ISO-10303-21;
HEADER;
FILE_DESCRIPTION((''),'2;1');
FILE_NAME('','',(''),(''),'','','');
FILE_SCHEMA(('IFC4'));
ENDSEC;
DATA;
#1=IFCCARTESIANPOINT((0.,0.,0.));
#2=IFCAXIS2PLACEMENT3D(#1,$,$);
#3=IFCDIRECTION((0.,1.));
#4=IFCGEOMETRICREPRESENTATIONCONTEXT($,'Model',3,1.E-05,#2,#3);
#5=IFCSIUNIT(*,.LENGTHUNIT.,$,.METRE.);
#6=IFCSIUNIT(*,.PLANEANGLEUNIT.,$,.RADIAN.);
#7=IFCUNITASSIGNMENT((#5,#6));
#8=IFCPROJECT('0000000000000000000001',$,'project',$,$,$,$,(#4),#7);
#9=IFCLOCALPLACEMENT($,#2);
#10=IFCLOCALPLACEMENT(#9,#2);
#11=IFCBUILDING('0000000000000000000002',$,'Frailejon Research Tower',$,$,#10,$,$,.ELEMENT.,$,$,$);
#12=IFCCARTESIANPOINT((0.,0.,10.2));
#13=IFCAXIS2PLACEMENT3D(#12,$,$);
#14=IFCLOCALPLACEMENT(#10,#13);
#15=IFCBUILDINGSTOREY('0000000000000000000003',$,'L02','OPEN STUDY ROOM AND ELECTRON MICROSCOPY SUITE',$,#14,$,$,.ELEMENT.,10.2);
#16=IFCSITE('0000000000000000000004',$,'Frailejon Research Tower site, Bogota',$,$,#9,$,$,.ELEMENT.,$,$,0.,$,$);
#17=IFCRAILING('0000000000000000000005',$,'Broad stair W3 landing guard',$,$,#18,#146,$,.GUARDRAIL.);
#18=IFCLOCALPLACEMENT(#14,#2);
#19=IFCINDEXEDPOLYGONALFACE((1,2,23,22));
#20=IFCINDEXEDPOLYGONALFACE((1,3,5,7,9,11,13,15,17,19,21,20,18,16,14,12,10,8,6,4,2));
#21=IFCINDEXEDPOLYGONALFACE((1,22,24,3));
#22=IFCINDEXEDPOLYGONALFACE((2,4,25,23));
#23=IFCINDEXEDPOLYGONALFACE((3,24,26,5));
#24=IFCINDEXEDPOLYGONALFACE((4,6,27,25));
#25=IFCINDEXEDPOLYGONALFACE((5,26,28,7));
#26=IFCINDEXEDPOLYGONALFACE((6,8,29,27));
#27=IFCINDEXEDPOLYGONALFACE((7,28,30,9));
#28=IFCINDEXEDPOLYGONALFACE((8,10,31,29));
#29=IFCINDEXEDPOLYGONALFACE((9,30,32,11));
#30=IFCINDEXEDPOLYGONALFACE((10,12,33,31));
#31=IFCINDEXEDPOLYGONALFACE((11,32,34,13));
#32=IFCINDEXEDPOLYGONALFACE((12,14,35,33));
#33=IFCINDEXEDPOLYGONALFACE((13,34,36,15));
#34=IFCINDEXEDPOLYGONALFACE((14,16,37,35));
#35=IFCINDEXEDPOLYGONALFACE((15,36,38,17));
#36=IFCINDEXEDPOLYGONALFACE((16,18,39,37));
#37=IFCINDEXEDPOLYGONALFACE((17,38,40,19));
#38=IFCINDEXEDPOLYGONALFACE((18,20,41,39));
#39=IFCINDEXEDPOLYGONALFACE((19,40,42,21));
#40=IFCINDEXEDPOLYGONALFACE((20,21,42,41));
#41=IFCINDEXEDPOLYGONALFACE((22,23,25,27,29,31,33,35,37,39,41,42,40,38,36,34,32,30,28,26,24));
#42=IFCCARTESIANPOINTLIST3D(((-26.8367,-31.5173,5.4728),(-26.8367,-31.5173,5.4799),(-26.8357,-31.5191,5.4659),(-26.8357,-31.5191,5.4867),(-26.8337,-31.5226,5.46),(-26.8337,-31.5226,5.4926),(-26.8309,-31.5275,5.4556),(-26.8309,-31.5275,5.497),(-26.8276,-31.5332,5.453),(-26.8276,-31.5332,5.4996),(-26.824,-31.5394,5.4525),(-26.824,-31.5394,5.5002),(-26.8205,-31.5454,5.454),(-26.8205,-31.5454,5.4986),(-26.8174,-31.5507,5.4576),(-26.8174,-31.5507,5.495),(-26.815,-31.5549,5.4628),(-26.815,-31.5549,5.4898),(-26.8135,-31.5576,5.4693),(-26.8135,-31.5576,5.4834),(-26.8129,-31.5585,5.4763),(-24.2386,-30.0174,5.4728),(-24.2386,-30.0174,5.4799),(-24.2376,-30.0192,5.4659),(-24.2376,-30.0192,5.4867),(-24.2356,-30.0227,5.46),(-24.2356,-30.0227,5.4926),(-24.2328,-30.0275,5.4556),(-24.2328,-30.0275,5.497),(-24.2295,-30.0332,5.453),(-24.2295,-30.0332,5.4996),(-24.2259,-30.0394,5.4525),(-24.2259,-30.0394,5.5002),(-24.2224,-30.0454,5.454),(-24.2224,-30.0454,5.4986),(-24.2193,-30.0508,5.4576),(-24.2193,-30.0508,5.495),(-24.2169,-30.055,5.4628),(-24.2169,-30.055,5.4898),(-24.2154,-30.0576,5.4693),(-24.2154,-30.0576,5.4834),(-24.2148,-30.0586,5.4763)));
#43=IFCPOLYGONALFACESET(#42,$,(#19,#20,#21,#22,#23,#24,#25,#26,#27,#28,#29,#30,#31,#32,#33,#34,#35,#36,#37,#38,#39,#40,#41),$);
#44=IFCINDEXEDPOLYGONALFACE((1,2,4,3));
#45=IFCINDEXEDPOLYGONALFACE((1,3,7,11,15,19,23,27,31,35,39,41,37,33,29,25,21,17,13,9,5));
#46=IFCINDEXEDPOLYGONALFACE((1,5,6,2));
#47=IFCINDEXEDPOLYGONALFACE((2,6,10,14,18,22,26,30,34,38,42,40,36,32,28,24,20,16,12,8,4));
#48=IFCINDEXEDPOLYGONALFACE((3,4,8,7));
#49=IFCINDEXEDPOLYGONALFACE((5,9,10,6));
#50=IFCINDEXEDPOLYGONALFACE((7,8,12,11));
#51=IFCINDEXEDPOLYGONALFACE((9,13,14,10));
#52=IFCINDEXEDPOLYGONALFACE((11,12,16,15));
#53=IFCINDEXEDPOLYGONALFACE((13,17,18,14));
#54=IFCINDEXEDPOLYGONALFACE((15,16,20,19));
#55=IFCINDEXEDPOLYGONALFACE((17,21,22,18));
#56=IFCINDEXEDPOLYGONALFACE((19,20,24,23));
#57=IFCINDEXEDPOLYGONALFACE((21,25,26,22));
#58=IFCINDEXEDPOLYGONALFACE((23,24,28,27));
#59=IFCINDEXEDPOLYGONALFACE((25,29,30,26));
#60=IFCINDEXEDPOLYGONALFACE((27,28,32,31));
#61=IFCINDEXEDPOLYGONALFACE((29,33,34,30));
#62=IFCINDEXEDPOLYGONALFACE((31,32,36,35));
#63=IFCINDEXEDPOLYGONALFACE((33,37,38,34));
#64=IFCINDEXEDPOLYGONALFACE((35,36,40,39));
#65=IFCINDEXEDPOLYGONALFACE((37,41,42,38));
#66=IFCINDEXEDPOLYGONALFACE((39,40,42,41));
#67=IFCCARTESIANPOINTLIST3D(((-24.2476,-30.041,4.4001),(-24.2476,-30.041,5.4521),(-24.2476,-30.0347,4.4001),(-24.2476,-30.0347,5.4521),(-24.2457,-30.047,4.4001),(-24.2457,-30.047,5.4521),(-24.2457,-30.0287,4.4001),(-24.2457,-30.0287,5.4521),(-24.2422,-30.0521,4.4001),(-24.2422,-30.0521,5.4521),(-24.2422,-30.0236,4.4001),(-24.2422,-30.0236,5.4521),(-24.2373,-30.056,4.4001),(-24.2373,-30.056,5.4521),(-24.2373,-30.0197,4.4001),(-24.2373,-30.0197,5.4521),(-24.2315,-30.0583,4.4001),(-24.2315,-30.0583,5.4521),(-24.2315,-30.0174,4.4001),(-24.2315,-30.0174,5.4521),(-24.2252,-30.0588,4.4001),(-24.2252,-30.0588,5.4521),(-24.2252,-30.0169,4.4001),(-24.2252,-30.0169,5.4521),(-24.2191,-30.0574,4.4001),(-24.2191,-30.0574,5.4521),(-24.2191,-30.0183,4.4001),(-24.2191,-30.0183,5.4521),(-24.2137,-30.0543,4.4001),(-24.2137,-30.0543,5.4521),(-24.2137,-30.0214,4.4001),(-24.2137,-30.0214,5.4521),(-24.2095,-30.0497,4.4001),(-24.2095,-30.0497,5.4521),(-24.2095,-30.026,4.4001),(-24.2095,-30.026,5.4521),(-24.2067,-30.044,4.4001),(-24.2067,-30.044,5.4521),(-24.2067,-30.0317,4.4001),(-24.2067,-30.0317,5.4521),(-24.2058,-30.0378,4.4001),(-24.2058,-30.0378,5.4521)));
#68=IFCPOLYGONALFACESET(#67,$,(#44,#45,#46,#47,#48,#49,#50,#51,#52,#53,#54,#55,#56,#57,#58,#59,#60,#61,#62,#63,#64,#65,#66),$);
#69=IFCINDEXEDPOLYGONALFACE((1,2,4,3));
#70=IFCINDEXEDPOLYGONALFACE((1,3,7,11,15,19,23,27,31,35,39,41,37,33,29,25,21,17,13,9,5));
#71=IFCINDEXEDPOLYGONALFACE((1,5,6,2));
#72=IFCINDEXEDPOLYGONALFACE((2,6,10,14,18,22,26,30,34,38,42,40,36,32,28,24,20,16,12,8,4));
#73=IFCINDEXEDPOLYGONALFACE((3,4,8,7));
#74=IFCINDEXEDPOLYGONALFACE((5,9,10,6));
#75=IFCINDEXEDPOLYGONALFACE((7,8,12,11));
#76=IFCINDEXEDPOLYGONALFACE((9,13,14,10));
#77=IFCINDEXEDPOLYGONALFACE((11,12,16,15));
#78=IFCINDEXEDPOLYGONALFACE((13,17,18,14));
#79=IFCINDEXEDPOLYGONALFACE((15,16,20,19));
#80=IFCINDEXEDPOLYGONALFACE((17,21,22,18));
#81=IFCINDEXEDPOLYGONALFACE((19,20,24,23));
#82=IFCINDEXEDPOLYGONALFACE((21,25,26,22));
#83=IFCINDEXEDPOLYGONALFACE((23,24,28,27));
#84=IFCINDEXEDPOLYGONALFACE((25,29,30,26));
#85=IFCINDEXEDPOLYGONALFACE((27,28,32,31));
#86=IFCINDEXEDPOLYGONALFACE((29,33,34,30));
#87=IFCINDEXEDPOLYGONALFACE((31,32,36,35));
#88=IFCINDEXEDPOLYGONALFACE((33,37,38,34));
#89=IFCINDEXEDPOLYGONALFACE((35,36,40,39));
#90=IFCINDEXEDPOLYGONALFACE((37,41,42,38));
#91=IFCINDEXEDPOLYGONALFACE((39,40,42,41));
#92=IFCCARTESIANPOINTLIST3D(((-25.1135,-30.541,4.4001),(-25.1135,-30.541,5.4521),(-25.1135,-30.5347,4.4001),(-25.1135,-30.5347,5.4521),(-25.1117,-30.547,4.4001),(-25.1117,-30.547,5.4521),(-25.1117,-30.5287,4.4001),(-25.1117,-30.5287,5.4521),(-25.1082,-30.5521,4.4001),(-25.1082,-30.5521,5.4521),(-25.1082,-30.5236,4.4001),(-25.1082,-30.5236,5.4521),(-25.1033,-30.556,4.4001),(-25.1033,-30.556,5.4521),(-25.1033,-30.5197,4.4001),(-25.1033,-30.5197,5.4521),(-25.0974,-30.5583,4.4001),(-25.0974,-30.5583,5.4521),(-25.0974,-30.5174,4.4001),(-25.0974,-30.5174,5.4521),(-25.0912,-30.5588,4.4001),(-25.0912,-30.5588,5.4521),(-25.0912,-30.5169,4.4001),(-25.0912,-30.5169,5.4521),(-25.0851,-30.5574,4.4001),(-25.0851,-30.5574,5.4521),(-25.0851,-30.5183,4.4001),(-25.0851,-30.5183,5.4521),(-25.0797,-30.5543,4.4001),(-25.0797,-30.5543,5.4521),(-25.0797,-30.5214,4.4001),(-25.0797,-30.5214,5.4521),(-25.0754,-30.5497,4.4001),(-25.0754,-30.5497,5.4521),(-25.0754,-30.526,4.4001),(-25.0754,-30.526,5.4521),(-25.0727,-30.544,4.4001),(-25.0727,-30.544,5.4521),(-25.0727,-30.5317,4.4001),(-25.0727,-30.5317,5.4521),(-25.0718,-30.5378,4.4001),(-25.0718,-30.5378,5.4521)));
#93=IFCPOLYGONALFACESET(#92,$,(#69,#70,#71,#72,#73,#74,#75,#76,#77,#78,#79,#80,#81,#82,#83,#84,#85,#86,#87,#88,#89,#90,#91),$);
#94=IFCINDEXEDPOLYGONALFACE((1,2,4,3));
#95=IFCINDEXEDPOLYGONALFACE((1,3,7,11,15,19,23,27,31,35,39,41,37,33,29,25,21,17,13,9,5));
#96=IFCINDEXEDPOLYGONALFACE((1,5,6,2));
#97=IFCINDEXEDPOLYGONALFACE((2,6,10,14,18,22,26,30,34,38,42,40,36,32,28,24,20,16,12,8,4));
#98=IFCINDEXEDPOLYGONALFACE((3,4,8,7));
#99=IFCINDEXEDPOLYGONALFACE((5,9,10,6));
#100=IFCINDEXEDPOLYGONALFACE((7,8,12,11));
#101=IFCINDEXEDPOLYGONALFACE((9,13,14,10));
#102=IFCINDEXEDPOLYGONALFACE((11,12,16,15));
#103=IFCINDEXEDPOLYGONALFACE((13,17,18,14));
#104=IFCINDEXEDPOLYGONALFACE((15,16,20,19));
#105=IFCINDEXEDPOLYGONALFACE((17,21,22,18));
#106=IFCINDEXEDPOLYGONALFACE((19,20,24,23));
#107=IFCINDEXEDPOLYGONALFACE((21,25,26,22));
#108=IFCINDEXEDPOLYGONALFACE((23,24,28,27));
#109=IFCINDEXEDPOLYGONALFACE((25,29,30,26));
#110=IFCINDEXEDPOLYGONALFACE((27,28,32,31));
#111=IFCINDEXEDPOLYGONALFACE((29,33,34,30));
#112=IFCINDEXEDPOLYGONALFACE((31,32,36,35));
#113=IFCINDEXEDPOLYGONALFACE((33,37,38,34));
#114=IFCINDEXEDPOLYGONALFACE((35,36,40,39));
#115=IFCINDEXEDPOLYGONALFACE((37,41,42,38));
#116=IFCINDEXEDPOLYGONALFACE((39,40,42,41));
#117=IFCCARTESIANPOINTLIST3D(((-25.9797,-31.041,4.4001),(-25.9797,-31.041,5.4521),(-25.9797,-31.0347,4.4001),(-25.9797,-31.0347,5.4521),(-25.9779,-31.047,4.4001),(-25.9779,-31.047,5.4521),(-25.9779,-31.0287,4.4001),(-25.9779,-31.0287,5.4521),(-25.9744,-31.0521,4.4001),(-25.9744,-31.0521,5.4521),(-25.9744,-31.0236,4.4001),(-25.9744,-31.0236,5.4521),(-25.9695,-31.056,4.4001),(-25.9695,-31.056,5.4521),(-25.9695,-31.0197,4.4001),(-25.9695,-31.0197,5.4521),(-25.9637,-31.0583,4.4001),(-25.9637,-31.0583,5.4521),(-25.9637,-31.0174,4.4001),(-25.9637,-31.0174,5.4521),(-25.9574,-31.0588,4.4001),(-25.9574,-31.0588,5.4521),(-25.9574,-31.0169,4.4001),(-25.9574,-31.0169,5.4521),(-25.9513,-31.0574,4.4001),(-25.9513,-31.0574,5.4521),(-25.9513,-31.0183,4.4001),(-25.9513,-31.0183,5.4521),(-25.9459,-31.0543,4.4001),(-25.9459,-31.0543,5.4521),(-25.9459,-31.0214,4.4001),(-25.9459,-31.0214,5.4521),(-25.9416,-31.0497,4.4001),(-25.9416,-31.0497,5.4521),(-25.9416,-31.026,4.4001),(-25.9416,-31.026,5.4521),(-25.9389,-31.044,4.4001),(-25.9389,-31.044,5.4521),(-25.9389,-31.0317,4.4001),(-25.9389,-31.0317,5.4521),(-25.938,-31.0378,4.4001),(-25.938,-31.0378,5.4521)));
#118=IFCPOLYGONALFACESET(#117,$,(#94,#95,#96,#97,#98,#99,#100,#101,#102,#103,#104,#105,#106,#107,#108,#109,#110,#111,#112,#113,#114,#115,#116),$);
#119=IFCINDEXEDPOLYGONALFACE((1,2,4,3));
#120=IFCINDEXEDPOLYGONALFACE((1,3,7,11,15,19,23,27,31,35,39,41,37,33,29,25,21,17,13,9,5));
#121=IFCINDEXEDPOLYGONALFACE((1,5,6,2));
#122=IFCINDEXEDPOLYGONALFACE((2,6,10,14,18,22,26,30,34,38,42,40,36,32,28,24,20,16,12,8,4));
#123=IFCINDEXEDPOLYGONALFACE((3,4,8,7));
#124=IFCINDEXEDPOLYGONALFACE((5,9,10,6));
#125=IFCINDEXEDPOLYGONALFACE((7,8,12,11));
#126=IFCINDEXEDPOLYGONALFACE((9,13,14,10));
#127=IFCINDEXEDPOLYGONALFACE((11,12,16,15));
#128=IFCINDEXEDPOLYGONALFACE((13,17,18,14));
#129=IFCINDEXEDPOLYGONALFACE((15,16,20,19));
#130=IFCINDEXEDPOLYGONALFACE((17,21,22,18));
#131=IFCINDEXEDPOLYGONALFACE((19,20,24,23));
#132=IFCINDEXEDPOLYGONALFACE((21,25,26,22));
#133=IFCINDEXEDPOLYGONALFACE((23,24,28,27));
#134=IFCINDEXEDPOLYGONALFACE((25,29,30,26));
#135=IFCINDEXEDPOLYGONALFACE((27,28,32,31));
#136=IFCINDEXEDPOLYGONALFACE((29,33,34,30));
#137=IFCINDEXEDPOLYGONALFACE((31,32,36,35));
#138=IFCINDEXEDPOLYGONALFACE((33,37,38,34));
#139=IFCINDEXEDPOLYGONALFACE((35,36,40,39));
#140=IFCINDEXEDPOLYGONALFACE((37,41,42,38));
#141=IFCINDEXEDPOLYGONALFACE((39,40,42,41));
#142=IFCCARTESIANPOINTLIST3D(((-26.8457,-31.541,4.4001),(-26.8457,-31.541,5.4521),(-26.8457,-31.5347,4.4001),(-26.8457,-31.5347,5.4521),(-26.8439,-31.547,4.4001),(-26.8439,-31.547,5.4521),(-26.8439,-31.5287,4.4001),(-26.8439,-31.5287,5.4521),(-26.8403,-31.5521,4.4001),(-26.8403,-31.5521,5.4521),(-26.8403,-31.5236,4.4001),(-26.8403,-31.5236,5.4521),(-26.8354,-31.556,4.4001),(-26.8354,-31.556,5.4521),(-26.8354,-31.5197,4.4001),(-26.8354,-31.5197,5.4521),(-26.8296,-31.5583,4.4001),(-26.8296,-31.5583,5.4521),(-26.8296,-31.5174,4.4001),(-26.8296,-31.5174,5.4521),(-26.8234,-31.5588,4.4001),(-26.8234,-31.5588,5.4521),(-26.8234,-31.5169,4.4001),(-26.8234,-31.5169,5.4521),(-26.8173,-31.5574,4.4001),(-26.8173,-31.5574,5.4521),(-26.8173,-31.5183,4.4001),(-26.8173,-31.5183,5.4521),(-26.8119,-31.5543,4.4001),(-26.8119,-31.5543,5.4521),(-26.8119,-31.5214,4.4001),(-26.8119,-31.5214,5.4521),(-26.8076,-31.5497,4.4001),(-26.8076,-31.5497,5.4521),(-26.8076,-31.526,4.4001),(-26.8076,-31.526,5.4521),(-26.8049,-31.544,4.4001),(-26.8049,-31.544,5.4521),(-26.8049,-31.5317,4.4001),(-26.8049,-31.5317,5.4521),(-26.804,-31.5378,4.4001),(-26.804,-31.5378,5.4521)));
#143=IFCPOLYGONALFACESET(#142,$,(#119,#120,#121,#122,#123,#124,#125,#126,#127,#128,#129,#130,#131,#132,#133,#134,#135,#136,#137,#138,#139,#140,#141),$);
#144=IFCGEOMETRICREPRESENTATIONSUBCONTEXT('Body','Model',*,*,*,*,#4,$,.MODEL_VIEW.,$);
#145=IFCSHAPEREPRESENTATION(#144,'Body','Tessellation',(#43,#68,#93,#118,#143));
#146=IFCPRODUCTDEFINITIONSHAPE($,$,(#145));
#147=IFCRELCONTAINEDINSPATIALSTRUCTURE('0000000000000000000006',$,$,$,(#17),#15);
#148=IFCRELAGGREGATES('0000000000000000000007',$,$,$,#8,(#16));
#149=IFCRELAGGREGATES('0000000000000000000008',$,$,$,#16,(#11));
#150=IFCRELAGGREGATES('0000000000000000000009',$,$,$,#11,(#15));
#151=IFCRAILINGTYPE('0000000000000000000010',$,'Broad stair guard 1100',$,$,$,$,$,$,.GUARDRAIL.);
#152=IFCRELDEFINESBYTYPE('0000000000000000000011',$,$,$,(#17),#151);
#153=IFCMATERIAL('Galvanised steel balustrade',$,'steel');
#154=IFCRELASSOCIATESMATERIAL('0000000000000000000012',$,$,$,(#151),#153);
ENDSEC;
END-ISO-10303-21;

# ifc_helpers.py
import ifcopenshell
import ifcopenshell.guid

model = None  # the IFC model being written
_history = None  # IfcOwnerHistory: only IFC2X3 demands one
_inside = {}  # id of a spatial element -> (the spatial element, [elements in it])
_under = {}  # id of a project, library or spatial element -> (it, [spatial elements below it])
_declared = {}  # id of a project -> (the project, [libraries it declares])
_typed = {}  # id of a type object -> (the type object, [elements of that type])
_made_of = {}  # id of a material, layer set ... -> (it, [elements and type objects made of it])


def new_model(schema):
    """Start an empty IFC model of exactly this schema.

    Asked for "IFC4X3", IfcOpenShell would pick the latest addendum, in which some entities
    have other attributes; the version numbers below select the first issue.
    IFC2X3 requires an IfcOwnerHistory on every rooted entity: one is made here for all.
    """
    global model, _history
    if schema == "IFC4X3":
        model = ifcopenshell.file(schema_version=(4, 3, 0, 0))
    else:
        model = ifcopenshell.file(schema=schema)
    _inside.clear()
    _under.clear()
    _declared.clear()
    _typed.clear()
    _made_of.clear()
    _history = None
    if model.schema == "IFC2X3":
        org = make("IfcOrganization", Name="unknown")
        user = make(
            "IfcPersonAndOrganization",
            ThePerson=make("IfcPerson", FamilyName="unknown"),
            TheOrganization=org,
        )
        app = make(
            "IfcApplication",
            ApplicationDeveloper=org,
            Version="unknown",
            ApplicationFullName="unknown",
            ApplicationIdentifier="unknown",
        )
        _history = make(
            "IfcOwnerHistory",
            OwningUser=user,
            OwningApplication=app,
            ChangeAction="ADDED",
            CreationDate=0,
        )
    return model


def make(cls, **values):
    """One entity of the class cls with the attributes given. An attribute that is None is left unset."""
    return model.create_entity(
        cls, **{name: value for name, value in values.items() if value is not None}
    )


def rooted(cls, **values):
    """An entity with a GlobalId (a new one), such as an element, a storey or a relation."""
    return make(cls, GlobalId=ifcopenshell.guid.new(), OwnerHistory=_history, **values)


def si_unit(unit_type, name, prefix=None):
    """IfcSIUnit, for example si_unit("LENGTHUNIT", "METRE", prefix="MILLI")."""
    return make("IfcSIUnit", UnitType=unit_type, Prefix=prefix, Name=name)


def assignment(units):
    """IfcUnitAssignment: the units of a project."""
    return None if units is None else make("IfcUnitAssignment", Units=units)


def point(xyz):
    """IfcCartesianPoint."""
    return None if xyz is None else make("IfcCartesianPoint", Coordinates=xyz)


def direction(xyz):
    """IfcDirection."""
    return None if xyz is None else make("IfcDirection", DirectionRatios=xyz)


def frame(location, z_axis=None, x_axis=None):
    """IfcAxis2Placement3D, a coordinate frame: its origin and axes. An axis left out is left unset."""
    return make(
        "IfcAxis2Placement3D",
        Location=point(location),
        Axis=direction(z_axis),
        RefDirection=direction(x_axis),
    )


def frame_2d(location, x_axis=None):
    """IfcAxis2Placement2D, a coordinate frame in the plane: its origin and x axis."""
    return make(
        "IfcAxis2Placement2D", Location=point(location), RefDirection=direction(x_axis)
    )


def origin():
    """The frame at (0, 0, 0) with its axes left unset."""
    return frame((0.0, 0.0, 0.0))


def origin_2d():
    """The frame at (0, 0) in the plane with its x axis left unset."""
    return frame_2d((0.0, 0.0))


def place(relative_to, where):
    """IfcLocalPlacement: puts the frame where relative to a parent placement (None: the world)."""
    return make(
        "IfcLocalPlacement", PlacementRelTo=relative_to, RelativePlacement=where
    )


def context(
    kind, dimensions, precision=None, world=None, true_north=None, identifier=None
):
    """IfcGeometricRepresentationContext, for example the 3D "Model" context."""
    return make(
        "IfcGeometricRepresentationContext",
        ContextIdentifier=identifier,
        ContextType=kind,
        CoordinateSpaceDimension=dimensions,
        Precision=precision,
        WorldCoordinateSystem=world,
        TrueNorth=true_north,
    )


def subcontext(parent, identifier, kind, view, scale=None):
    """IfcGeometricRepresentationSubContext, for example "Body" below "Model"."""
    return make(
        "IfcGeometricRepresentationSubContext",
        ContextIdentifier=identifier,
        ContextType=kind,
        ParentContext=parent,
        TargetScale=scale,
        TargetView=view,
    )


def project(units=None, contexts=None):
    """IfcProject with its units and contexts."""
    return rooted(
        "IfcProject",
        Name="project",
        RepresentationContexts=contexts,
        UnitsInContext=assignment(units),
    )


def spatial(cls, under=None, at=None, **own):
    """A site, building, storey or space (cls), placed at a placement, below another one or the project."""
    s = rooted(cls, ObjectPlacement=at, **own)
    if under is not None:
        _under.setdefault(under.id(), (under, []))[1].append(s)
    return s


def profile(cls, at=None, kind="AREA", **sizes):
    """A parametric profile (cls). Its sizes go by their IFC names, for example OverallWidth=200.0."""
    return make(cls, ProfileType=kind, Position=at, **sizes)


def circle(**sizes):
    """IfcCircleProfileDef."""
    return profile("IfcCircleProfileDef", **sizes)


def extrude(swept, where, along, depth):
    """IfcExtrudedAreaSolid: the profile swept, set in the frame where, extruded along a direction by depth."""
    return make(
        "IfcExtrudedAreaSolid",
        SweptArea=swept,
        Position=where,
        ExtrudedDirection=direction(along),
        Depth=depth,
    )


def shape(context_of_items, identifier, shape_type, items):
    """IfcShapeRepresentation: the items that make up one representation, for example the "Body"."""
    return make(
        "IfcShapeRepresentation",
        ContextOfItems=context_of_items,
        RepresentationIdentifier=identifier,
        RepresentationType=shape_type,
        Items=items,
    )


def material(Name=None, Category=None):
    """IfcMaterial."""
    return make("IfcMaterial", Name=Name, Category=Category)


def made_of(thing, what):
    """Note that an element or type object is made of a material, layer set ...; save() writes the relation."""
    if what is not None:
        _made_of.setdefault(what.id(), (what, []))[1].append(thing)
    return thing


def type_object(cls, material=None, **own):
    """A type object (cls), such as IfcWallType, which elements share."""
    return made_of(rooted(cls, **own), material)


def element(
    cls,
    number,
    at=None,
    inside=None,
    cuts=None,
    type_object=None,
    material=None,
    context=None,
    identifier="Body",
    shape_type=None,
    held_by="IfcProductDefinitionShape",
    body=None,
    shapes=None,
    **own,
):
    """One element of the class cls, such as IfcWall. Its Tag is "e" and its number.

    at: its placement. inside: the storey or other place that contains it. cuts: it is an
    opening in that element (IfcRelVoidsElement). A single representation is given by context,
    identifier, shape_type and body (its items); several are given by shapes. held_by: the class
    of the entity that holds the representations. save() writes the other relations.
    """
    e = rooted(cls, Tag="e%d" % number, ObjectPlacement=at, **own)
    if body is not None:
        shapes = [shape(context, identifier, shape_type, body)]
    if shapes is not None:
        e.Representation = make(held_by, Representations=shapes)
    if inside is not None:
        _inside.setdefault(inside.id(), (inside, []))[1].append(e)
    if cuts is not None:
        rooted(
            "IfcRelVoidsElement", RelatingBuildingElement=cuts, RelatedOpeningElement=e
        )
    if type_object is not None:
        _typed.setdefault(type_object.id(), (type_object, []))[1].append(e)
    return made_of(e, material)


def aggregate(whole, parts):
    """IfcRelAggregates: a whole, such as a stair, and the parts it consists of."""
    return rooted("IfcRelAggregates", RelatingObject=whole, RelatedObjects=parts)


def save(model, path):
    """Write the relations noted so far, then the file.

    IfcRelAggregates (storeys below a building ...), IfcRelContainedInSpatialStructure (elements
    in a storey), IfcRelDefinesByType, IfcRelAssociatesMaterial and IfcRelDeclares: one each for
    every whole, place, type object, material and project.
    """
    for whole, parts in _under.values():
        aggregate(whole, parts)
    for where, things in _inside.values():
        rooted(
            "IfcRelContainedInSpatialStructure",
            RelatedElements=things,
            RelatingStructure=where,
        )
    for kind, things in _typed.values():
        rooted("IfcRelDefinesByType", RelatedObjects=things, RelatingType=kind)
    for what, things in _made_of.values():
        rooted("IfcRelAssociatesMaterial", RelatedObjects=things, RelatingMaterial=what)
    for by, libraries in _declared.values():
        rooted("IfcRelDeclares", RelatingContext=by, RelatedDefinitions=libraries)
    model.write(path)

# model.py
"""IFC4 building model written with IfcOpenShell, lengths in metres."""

from ifc_helpers import new_model, si_unit, direction, frame, origin, origin_2d, place, context, subcontext, project, spatial, circle, extrude, material, type_object, element, save


model = new_model("IFC4")

# Units and contexts
model_context = context("Model", 3, precision=1e-05, world=origin(), true_north=direction((0.0, 1.0)))
body_context = subcontext(model_context, "Body", "Model", "MODEL_VIEW")
ifc_project = project(units=[si_unit("LENGTHUNIT", "METRE"), si_unit("PLANEANGLEUNIT", "RADIAN")], contexts=[model_context])

# Site, building, storey
site_placement = place(None, origin())
site = spatial("IfcSite", under=ifc_project, at=site_placement, Name="Frailejon Research Tower site, Bogota", CompositionType="ELEMENT", RefElevation=0.0)
building_placement = place(site_placement, origin())
building = spatial("IfcBuilding", under=site, at=building_placement, Name="Frailejon Research Tower", CompositionType="ELEMENT")
storey_placement = place(building_placement, frame((0.0, 0.0, 10.2)))
storey = spatial("IfcBuildingStorey", under=building, at=storey_placement, Name="L02", Description="OPEN STUDY ROOM AND ELECTRON MICROSCOPY SUITE", CompositionType="ELEMENT", Elevation=10.2)

# Railing
ifc_material_1 = material(Name="Galvanised steel balustrade", Category="steel")
railing_type_1 = type_object("IfcRailingType", Name="Broad stair guard 1100", PredefinedType="GUARDRAIL", material=ifc_material_1)
railing_1_placement = place(storey_placement, frame((-24.2268, -30.0378, 4.4001)))
element("IfcRailing", 1, at=railing_1_placement, inside=storey, type_object=railing_type_1, Name="Broad stair W3 landing guard", PredefinedType="GUARDRAIL", context=body_context, shape_type="SweptSolid", body=[
    extrude(circle(Radius=0.0239, at=origin_2d()), frame((0.0, 0.0, 1.0762), z_axis=(-0.866031, -0.49999, 0.0), x_axis=(0.49999, -0.866031, 0.0)), (0.0, 0.0, 1.0), 3.0),
    extrude(circle(Radius=0.021, at=origin_2d()), origin(), (0.0, 0.0, 1.0), 1.052),
    extrude(circle(Radius=0.021, at=origin_2d()), frame((-0.866, -0.5, 0.0)), (0.0, 0.0, 1.0), 1.052),
    extrude(circle(Radius=0.021, at=origin_2d()), frame((-1.7322, -1.0, 0.0)), (0.0, 0.0, 1.0), 1.052),
    extrude(circle(Radius=0.021, at=origin_2d()), frame((-2.5981, -1.5, 0.0)), (0.0, 0.0, 1.0), 1.052),
])

save(model, "model.ifc")
